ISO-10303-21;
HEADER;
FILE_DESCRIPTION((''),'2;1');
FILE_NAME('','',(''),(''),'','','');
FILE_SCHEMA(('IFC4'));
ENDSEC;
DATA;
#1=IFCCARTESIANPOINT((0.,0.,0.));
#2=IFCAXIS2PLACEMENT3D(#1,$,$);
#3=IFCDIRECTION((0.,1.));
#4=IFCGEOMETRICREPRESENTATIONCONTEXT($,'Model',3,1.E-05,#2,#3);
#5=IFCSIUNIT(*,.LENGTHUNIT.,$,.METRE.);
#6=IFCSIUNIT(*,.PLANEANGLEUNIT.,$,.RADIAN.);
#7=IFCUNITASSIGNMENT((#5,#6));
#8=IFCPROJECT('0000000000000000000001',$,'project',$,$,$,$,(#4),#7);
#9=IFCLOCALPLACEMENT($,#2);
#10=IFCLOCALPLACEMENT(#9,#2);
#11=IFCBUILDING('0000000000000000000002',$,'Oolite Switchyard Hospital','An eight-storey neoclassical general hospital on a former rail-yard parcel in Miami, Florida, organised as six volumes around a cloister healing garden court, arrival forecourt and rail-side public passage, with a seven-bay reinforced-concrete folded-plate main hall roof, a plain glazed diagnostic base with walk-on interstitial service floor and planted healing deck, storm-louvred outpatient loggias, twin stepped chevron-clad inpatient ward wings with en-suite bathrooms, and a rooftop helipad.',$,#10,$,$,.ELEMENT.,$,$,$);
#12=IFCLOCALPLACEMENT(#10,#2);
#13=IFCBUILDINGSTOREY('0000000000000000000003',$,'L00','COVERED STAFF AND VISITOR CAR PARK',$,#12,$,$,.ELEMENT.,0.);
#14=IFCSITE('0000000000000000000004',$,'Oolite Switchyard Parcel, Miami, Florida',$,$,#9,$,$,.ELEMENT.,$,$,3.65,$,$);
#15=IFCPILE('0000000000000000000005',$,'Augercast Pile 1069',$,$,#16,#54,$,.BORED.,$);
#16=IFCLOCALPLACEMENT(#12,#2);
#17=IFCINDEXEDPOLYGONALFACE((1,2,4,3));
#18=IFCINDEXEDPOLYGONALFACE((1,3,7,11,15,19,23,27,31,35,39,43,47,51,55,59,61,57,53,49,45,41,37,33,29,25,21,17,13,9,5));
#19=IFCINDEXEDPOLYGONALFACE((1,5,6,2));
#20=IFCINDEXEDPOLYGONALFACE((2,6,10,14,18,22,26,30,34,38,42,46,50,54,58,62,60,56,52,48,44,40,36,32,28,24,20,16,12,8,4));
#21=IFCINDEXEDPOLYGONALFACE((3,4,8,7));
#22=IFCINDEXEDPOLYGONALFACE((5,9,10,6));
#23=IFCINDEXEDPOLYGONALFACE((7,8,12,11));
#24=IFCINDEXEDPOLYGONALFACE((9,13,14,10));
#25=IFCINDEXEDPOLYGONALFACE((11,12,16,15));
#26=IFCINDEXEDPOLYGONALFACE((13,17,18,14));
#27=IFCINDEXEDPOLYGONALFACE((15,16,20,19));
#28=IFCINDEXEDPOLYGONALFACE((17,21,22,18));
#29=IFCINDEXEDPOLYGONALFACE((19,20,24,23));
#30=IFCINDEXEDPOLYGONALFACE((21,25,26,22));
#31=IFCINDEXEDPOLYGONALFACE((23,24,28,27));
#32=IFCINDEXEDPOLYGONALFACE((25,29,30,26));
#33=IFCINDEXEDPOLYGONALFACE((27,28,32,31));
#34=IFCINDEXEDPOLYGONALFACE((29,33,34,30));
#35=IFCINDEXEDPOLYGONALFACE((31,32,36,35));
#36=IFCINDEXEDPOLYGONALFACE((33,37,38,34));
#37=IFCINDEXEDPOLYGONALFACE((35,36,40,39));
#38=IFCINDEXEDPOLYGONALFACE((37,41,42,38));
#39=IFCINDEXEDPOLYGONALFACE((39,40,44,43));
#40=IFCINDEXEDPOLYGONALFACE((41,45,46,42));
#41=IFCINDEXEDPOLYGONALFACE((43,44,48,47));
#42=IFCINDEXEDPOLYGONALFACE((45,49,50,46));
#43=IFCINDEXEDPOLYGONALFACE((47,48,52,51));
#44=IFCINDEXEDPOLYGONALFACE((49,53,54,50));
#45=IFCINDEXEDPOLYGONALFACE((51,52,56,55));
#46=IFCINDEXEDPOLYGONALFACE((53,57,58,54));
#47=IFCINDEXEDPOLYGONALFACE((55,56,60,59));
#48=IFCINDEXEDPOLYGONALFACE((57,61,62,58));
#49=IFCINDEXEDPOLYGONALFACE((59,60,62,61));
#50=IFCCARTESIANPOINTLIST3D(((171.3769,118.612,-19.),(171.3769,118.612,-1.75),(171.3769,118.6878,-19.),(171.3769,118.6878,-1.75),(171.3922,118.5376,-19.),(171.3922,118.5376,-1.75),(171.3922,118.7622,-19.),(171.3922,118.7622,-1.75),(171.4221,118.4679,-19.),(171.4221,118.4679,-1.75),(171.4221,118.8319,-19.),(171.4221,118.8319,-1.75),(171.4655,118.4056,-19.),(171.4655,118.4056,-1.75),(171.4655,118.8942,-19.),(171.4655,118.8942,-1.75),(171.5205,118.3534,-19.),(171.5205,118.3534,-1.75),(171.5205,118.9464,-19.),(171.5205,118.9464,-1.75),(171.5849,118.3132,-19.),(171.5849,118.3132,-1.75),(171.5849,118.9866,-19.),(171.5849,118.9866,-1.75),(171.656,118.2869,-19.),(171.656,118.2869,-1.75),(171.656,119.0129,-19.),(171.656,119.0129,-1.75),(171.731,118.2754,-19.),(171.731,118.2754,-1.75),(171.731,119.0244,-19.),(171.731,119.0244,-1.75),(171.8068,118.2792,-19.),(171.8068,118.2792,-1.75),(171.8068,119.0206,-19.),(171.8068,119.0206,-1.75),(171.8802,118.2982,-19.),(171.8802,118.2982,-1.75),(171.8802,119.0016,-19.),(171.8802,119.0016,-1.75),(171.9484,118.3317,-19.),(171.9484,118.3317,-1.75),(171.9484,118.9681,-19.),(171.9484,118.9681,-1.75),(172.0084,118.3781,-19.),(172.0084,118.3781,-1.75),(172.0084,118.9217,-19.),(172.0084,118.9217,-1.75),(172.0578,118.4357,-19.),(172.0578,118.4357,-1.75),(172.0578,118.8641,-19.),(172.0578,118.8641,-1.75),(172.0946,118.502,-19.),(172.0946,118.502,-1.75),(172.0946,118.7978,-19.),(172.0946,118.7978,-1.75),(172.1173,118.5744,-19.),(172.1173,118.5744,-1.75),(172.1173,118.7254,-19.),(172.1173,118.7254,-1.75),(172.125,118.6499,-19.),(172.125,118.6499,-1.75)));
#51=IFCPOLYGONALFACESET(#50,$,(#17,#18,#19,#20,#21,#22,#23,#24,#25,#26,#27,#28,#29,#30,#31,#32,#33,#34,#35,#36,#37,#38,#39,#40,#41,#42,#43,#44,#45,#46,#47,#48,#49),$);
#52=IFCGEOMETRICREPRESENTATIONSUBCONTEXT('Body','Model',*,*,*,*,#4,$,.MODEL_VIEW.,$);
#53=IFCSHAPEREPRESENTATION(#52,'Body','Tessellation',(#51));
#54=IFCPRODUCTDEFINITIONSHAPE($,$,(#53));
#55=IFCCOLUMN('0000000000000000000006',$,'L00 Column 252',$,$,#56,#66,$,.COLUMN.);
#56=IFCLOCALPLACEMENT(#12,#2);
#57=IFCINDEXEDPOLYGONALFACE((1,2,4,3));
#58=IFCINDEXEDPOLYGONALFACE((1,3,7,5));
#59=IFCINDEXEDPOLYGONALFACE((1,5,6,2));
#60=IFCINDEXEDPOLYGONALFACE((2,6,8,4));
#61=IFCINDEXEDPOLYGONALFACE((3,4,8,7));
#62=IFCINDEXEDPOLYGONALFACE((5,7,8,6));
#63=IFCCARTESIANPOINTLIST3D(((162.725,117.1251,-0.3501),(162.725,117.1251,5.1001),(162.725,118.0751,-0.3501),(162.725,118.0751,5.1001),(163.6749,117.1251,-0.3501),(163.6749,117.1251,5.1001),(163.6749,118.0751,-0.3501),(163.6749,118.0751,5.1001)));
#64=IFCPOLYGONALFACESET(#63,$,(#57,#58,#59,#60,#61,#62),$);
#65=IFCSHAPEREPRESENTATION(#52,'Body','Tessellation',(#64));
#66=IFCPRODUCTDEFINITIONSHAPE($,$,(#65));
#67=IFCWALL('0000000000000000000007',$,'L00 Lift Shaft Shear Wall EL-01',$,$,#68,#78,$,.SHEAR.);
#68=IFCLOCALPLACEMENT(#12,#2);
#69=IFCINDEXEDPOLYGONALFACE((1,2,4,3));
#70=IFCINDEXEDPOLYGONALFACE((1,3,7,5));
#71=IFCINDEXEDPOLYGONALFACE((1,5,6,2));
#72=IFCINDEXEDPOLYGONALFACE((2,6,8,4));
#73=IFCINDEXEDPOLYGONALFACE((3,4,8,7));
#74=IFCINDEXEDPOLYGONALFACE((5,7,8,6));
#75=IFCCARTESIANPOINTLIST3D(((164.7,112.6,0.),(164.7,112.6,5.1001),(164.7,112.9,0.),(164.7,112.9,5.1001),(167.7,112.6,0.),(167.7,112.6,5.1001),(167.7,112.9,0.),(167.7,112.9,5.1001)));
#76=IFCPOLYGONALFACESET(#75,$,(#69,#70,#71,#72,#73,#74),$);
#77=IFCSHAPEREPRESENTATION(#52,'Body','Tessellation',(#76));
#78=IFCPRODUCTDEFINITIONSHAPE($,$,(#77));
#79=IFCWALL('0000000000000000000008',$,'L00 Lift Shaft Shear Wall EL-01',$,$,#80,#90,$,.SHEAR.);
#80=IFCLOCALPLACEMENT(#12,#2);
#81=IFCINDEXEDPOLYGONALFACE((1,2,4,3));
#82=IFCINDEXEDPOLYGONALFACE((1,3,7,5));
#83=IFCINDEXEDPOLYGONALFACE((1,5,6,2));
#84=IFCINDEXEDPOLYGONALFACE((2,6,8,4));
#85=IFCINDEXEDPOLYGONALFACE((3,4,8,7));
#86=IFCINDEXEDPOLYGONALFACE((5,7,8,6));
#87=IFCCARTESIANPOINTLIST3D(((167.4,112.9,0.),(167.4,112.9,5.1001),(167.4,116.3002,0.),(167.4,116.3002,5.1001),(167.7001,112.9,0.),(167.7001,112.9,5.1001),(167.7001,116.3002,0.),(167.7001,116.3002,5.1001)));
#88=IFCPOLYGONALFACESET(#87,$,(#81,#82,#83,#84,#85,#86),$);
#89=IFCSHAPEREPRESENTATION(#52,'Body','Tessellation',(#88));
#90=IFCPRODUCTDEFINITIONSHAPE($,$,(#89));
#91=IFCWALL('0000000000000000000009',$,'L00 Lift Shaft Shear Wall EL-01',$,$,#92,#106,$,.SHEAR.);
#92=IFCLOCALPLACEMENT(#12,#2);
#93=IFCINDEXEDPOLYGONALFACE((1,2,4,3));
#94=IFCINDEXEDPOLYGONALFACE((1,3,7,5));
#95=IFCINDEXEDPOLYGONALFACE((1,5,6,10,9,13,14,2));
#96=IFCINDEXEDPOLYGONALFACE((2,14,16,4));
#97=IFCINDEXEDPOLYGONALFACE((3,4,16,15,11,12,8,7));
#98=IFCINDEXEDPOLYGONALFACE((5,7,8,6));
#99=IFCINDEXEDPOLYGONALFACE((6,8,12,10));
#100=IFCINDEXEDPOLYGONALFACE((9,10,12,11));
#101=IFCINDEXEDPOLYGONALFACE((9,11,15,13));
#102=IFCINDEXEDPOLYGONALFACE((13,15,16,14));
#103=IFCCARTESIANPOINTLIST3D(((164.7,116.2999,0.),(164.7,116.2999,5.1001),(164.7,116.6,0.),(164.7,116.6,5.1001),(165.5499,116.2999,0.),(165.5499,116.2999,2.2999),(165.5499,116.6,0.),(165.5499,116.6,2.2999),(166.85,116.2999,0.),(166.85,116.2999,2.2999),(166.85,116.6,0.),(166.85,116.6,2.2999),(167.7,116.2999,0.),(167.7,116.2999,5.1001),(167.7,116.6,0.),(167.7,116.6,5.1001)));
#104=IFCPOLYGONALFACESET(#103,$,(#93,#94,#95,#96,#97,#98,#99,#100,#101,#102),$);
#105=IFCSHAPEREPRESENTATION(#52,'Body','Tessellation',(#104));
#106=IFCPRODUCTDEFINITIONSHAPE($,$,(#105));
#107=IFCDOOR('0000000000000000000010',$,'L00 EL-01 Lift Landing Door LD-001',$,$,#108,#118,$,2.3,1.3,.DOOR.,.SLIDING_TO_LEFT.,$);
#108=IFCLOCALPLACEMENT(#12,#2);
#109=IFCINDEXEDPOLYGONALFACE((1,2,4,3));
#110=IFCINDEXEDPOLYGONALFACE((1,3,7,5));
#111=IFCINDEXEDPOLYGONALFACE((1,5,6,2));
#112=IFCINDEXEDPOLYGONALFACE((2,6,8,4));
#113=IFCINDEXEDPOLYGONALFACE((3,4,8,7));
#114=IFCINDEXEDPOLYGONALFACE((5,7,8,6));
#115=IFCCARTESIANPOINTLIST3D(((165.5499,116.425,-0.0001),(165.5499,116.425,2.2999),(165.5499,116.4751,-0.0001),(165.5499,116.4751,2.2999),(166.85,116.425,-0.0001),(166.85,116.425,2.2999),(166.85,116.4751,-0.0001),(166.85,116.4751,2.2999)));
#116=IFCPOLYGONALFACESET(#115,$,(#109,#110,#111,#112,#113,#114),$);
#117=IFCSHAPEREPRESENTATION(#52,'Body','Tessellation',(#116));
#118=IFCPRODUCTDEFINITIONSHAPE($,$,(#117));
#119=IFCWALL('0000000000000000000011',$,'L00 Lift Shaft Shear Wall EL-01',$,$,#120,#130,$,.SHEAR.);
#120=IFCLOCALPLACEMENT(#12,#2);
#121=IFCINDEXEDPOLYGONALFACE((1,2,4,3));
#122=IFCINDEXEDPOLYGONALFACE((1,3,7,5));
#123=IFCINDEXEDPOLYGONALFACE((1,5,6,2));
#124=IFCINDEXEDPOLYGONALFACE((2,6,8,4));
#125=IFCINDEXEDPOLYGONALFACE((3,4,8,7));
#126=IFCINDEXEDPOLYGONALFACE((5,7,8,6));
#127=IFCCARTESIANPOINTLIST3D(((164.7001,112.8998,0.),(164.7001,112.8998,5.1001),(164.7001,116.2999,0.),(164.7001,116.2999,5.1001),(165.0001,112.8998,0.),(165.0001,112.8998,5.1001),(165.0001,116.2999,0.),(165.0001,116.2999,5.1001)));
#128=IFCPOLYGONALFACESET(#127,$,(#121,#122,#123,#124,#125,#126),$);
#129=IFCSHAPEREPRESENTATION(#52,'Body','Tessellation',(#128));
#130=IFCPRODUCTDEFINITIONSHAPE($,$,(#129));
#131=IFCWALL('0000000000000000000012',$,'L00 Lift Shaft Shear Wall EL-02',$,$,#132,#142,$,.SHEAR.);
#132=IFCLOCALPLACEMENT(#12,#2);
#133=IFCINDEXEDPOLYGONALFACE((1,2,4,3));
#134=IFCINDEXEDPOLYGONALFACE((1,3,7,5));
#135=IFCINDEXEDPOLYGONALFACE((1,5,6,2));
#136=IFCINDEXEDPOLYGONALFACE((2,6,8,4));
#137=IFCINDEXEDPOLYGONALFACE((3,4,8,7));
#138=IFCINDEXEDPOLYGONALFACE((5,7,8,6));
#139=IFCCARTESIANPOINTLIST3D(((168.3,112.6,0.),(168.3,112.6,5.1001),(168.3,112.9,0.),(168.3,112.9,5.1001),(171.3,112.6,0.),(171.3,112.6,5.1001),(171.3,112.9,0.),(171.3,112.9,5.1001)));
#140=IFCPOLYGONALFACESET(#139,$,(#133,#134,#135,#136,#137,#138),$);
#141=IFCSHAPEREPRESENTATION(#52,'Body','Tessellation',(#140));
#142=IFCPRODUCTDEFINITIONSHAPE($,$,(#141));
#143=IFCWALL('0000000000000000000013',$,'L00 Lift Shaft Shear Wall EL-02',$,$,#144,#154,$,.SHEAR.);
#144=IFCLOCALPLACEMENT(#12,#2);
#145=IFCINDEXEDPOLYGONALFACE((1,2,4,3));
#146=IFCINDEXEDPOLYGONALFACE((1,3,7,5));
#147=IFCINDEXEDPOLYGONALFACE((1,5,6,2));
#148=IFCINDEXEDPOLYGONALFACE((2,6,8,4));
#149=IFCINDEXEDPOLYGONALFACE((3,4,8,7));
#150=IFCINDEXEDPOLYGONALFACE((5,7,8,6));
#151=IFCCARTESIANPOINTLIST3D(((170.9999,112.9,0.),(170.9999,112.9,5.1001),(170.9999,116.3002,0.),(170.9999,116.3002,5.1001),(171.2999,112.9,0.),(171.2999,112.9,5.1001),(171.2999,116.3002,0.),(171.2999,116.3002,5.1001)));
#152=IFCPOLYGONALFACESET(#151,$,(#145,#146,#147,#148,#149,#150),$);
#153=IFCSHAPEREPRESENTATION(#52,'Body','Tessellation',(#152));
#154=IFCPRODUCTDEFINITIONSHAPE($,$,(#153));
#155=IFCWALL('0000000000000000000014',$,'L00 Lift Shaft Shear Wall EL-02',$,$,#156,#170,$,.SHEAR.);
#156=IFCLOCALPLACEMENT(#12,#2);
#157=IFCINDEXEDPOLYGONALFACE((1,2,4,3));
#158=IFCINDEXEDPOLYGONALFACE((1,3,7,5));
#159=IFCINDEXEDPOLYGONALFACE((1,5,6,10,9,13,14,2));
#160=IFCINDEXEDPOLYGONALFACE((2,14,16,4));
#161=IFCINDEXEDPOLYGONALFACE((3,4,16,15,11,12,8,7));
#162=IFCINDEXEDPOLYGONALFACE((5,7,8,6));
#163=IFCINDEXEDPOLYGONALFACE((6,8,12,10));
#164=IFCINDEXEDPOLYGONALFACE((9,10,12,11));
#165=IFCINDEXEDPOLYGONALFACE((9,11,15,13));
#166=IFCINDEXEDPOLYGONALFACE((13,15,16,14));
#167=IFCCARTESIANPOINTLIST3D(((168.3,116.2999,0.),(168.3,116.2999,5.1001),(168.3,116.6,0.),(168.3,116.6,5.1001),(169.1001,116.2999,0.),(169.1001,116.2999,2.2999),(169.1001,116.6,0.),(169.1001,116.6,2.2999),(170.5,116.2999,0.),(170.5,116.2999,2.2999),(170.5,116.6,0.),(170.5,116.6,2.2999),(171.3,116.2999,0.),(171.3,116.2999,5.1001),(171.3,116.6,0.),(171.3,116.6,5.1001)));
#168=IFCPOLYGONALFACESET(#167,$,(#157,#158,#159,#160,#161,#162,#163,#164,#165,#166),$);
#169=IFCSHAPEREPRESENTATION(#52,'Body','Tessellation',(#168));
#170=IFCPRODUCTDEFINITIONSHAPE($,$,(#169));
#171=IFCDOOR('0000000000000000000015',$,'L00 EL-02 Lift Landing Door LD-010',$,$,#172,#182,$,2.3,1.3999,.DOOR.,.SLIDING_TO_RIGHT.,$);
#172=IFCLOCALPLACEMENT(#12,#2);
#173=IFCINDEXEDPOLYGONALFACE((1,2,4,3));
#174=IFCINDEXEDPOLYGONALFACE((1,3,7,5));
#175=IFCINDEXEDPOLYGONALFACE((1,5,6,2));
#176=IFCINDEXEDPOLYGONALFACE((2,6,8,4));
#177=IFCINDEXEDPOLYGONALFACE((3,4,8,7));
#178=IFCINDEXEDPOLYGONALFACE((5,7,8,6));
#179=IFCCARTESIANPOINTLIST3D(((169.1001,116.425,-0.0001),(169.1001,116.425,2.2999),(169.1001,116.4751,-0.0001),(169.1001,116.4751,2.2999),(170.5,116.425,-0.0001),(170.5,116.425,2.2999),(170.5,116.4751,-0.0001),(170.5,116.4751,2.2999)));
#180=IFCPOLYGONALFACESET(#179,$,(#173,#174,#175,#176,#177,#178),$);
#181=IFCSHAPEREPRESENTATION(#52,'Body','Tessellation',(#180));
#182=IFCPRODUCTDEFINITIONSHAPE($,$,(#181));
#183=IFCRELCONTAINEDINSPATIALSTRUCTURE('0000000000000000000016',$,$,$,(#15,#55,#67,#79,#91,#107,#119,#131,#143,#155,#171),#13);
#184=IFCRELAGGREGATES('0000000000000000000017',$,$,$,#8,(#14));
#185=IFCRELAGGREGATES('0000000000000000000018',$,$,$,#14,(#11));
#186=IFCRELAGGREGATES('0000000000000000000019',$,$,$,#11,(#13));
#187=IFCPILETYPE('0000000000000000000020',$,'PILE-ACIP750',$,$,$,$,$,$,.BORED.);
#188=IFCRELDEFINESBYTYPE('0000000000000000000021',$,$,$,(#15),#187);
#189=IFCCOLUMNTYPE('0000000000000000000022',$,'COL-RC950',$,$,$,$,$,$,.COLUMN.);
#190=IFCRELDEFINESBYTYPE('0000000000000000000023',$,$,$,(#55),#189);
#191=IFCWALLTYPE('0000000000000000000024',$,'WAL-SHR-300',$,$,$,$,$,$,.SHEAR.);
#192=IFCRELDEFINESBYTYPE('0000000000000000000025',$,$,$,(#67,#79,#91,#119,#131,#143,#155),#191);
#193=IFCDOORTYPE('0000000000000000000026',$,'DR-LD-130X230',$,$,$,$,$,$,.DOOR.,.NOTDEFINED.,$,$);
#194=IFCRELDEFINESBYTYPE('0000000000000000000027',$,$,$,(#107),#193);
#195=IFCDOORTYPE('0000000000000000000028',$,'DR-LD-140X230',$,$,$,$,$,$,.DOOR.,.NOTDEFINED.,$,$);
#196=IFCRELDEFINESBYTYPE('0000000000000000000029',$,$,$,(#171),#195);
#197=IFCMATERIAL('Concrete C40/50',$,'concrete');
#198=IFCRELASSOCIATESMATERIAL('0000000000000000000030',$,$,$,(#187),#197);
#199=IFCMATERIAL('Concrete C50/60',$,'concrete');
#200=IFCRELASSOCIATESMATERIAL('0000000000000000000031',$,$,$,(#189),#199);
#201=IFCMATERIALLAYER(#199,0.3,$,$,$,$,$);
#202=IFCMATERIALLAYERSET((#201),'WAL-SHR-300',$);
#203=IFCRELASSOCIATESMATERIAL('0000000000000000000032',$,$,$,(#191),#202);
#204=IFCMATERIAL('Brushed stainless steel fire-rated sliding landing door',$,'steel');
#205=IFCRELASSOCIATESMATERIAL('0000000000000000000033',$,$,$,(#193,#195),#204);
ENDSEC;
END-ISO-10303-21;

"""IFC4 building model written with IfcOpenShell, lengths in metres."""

from ifc_helpers import new_model, si_unit, direction, frame, frame_2d, origin, origin_2d, place, context, subcontext, project, spatial, rectangle, circle, extrude, material, layer, layer_set, material_profile, profile_set, type_object, element, fill, save


model = new_model("IFC4")

# Units and contexts
model_context = context("Model", 3, precision=1e-05, world=origin(), true_north=direction((0.0, 1.0)))
body_context = subcontext(model_context, "Body", "Model", "MODEL_VIEW")
ifc_project = project(units=[si_unit("LENGTHUNIT", "METRE"), si_unit("PLANEANGLEUNIT", "RADIAN")], contexts=[model_context])

# Site, building, storey
site_placement = place(None, origin())
site = spatial("IfcSite", under=ifc_project, at=site_placement, Name="Oolite Switchyard Parcel, Miami, Florida", CompositionType="ELEMENT", RefElevation=3.65)
building_placement = place(site_placement, origin())
building = spatial("IfcBuilding", under=site, at=building_placement, Name="Oolite Switchyard Hospital", Description="An eight-storey neoclassical general hospital on a former rail-yard parcel in Miami, Florida, organised as six volumes around a cloister healing garden court, arrival forecourt and rail-side public passage, with a seven-bay reinforced-concrete folded-plate main hall roof, a plain glazed diagnostic base with walk-on interstitial service floor and planted healing deck, storm-louvred outpatient loggias, twin stepped chevron-clad inpatient ward wings with en-suite bathrooms, and a rooftop helipad.", CompositionType="ELEMENT")
storey_placement = place(building_placement, origin())
storey = spatial("IfcBuildingStorey", under=building, at=storey_placement, Name="L00", Description="COVERED STAFF AND VISITOR CAR PARK", CompositionType="ELEMENT", Elevation=0.0)

# Shared definitions
ifc_material_1 = material(Name="Concrete C40/50", Category="concrete")

# Pile
ifc_material_profile_1 = material_profile(ifc_material_1, circle(Radius=0.375, at=origin_2d()), Name="PILE750")
ifc_profile_set_1 = profile_set([ifc_material_profile_1], Name="Concrete C40/50")
pile_type = type_object("IfcPileType", Name="PILE-ACIP750", PredefinedType="BORED", material=ifc_profile_set_1)
for number, where, z_axis, x_axis, name in (
    (1, (171.75, 118.6499, -1.75), (0.0, 0.0, -1.0), (1.0, 0.0, 0.0), "Augercast Pile 1069"),
):
    element("IfcPile", number, at=place(storey_placement, frame(where, z_axis=z_axis, x_axis=x_axis)), inside=storey, type_object=pile_type, Name=name, PredefinedType="BORED", context=body_context, shape_type="SweptSolid", body=[
        extrude(circle(Radius=0.375, at=origin_2d()), origin(), (0.0, 0.0, 1.0), 17.25),
    ])

# Column
ifc_material_2 = material(Name="Concrete C50/60", Category="concrete")
ifc_material_profile_2 = material_profile(ifc_material_2, rectangle(XDim=0.95, YDim=0.95, at=origin_2d()), Name="RC950X950")
ifc_profile_set_2 = profile_set([ifc_material_profile_2], Name="Concrete C50/60")
column_type = type_object("IfcColumnType", Name="COL-RC950", PredefinedType="COLUMN", material=ifc_profile_set_2)
column_placement = place(storey_placement, frame((163.2, 117.6001, -0.3501), z_axis=(0.0, 0.0, 1.0), x_axis=(1.0, 0.0, 0.0)))
element("IfcColumn", 2, at=column_placement, inside=storey, type_object=column_type, Name="L00 Column 252", PredefinedType="COLUMN", context=body_context, shape_type="SweptSolid", body=[
    extrude(rectangle(XDim=0.95, YDim=0.95, at=origin_2d()), origin(), (0.0, 0.0, 1.0), 5.4502),
])

# Walls
ifc_layer_1 = layer(ifc_material_2, 0.3)
ifc_layer_set_1 = layer_set([ifc_layer_1], Name="WAL-SHR-300")
wall_type_1 = type_object("IfcWallType", Name="WAL-SHR-300", PredefinedType="SHEAR", material=ifc_layer_set_1)
wall_1_placement = place(storey_placement, frame((164.7, 112.75, 0.0), z_axis=(0.0, 0.0, 1.0), x_axis=(1.0, 0.0, 0.0)))
element("IfcWall", 3, at=wall_1_placement, inside=storey, type_object=wall_type_1, Name="L00 Lift Shaft Shear Wall EL-01", PredefinedType="SHEAR", context=body_context, shape_type="SweptSolid", body=[
    extrude(rectangle(XDim=3.0, YDim=0.3, at=frame_2d((1.5, 0.0))), origin(), (0.0, 0.0, 1.0), 5.1001),
])
wall_2_placement = place(storey_placement, frame((167.55, 112.8999, 0.0), z_axis=(0.0, 0.0, 1.0), x_axis=(0.0, 1.0, 0.0)))
element("IfcWall", 4, at=wall_2_placement, inside=storey, type_object=wall_type_1, Name="L00 Lift Shaft Shear Wall EL-01", PredefinedType="SHEAR", context=body_context, shape_type="SweptSolid", body=[
    extrude(rectangle(XDim=3.4001, YDim=0.3, at=frame_2d((1.7002, 0.0))), origin(), (0.0, 0.0, 1.0), 5.1001),
])

# Wall, opening, door
wall_3_placement = place(storey_placement, frame((167.7, 116.45, 0.0), z_axis=(0.0, 0.0, 1.0), x_axis=(-1.0, 0.0, 0.0)))
wall_3 = element("IfcWall", 5, at=wall_3_placement, inside=storey, type_object=wall_type_1, Name="L00 Lift Shaft Shear Wall EL-01", PredefinedType="SHEAR", context=body_context, shape_type="SweptSolid", body=[
    extrude(rectangle(XDim=3.0, YDim=0.3, at=frame_2d((1.5, 0.0))), origin(), (0.0, 0.0, 1.0), 5.1001),
])
opening_1_placement = place(wall_3_placement, frame((0.8501, 0.0, 0.0)))
opening_1 = element("IfcOpeningElement", 6, at=opening_1_placement, cuts=wall_3, PredefinedType="OPENING", context=body_context, shape_type="SweptSolid", body=[
    extrude(rectangle(XDim=1.3, YDim=2.3, at=frame_2d((0.6499, 1.1499))), frame((0.0, 0.1602, 0.0), z_axis=(0.0, -1.0, 0.0), x_axis=(1.0, 0.0, 0.0)), (0.0, 0.0, 1.0), 0.3201),
])
ifc_material_3 = material(Name="Brushed stainless steel fire-rated sliding landing door", Category="steel")
door_type_1 = type_object("IfcDoorType", Name="DR-LD-130X230", OperationType="NOTDEFINED", PredefinedType="DOOR", material=ifc_material_3)
door_1_placement = place(opening_1_placement, origin())
door_1 = element("IfcDoor", 7, at=door_1_placement, inside=storey, type_object=door_type_1, Name="L00 EL-01 Lift Landing Door LD-001", OperationType="SLIDING_TO_LEFT", OverallHeight=2.3, OverallWidth=1.3, PredefinedType="DOOR", context=body_context, shape_type="SweptSolid", body=[
    extrude(rectangle(XDim=1.3, YDim=2.3, at=frame_2d((0.6499, 1.1499))), frame((0.0, 0.0249, 0.0), z_axis=(0.0, -1.0, 0.0), x_axis=(1.0, 0.0, 0.0)), (0.0, 0.0, 1.0), 0.05),
])
fill(opening_1, door_1)

# Walls
wall_4_placement = place(storey_placement, frame((164.8501, 116.3, 0.0), z_axis=(0.0, 0.0, 1.0), x_axis=(0.0, -1.0, 0.0)))
element("IfcWall", 8, at=wall_4_placement, inside=storey, type_object=wall_type_1, Name="L00 Lift Shaft Shear Wall EL-01", PredefinedType="SHEAR", context=body_context, shape_type="SweptSolid", body=[
    extrude(rectangle(XDim=3.4001, YDim=0.3, at=frame_2d((1.7002, 0.0))), origin(), (0.0, 0.0, 1.0), 5.1001),
])
wall_5_placement = place(storey_placement, frame((168.3, 112.75, 0.0), z_axis=(0.0, 0.0, 1.0), x_axis=(1.0, 0.0, 0.0)))
element("IfcWall", 9, at=wall_5_placement, inside=storey, type_object=wall_type_1, Name="L00 Lift Shaft Shear Wall EL-02", PredefinedType="SHEAR", context=body_context, shape_type="SweptSolid", body=[
    extrude(rectangle(XDim=3.0, YDim=0.3, at=frame_2d((1.5, 0.0))), origin(), (0.0, 0.0, 1.0), 5.1001),
])
wall_6_placement = place(storey_placement, frame((171.1499, 112.8999, 0.0), z_axis=(0.0, 0.0, 1.0), x_axis=(0.0, 1.0, 0.0)))
element("IfcWall", 10, at=wall_6_placement, inside=storey, type_object=wall_type_1, Name="L00 Lift Shaft Shear Wall EL-02", PredefinedType="SHEAR", context=body_context, shape_type="SweptSolid", body=[
    extrude(rectangle(XDim=3.4001, YDim=0.3, at=frame_2d((1.7002, 0.0))), origin(), (0.0, 0.0, 1.0), 5.1001),
])

# Wall, opening, door
wall_7_placement = place(storey_placement, frame((171.3, 116.45, 0.0), z_axis=(0.0, 0.0, 1.0), x_axis=(-1.0, 0.0, 0.0)))
wall_7 = element("IfcWall", 11, at=wall_7_placement, inside=storey, type_object=wall_type_1, Name="L00 Lift Shaft Shear Wall EL-02", PredefinedType="SHEAR", context=body_context, shape_type="SweptSolid", body=[
    extrude(rectangle(XDim=3.0, YDim=0.3, at=frame_2d((1.5, 0.0))), origin(), (0.0, 0.0, 1.0), 5.1001),
])
opening_2_placement = place(wall_7_placement, frame((0.8, 0.0, 0.0)))
opening_2 = element("IfcOpeningElement", 12, at=opening_2_placement, cuts=wall_7, PredefinedType="OPENING", context=body_context, shape_type="SweptSolid", body=[
    extrude(rectangle(XDim=1.3999, YDim=2.3, at=frame_2d((0.7, 1.1499))), frame((0.0, 0.1602, 0.0), z_axis=(0.0, -1.0, 0.0), x_axis=(1.0, 0.0, 0.0)), (0.0, 0.0, 1.0), 0.3201),
])
door_type_2 = type_object("IfcDoorType", Name="DR-LD-140X230", OperationType="NOTDEFINED", PredefinedType="DOOR", material=ifc_material_3)
door_2_placement = place(opening_2_placement, origin())
door_2 = element("IfcDoor", 13, at=door_2_placement, inside=storey, type_object=door_type_2, Name="L00 EL-02 Lift Landing Door LD-010", OperationType="SLIDING_TO_RIGHT", OverallHeight=2.3, OverallWidth=1.3999, PredefinedType="DOOR", context=body_context, shape_type="SweptSolid", body=[
    extrude(rectangle(XDim=1.3999, YDim=2.3, at=frame_2d((0.7, 1.1499))), frame((0.0, 0.0249, 0.0), z_axis=(0.0, -1.0, 0.0), x_axis=(1.0, 0.0, 0.0)), (0.0, 0.0, 1.0), 0.05),
])
fill(opening_2, door_2)

save(model, "model.ifc")
